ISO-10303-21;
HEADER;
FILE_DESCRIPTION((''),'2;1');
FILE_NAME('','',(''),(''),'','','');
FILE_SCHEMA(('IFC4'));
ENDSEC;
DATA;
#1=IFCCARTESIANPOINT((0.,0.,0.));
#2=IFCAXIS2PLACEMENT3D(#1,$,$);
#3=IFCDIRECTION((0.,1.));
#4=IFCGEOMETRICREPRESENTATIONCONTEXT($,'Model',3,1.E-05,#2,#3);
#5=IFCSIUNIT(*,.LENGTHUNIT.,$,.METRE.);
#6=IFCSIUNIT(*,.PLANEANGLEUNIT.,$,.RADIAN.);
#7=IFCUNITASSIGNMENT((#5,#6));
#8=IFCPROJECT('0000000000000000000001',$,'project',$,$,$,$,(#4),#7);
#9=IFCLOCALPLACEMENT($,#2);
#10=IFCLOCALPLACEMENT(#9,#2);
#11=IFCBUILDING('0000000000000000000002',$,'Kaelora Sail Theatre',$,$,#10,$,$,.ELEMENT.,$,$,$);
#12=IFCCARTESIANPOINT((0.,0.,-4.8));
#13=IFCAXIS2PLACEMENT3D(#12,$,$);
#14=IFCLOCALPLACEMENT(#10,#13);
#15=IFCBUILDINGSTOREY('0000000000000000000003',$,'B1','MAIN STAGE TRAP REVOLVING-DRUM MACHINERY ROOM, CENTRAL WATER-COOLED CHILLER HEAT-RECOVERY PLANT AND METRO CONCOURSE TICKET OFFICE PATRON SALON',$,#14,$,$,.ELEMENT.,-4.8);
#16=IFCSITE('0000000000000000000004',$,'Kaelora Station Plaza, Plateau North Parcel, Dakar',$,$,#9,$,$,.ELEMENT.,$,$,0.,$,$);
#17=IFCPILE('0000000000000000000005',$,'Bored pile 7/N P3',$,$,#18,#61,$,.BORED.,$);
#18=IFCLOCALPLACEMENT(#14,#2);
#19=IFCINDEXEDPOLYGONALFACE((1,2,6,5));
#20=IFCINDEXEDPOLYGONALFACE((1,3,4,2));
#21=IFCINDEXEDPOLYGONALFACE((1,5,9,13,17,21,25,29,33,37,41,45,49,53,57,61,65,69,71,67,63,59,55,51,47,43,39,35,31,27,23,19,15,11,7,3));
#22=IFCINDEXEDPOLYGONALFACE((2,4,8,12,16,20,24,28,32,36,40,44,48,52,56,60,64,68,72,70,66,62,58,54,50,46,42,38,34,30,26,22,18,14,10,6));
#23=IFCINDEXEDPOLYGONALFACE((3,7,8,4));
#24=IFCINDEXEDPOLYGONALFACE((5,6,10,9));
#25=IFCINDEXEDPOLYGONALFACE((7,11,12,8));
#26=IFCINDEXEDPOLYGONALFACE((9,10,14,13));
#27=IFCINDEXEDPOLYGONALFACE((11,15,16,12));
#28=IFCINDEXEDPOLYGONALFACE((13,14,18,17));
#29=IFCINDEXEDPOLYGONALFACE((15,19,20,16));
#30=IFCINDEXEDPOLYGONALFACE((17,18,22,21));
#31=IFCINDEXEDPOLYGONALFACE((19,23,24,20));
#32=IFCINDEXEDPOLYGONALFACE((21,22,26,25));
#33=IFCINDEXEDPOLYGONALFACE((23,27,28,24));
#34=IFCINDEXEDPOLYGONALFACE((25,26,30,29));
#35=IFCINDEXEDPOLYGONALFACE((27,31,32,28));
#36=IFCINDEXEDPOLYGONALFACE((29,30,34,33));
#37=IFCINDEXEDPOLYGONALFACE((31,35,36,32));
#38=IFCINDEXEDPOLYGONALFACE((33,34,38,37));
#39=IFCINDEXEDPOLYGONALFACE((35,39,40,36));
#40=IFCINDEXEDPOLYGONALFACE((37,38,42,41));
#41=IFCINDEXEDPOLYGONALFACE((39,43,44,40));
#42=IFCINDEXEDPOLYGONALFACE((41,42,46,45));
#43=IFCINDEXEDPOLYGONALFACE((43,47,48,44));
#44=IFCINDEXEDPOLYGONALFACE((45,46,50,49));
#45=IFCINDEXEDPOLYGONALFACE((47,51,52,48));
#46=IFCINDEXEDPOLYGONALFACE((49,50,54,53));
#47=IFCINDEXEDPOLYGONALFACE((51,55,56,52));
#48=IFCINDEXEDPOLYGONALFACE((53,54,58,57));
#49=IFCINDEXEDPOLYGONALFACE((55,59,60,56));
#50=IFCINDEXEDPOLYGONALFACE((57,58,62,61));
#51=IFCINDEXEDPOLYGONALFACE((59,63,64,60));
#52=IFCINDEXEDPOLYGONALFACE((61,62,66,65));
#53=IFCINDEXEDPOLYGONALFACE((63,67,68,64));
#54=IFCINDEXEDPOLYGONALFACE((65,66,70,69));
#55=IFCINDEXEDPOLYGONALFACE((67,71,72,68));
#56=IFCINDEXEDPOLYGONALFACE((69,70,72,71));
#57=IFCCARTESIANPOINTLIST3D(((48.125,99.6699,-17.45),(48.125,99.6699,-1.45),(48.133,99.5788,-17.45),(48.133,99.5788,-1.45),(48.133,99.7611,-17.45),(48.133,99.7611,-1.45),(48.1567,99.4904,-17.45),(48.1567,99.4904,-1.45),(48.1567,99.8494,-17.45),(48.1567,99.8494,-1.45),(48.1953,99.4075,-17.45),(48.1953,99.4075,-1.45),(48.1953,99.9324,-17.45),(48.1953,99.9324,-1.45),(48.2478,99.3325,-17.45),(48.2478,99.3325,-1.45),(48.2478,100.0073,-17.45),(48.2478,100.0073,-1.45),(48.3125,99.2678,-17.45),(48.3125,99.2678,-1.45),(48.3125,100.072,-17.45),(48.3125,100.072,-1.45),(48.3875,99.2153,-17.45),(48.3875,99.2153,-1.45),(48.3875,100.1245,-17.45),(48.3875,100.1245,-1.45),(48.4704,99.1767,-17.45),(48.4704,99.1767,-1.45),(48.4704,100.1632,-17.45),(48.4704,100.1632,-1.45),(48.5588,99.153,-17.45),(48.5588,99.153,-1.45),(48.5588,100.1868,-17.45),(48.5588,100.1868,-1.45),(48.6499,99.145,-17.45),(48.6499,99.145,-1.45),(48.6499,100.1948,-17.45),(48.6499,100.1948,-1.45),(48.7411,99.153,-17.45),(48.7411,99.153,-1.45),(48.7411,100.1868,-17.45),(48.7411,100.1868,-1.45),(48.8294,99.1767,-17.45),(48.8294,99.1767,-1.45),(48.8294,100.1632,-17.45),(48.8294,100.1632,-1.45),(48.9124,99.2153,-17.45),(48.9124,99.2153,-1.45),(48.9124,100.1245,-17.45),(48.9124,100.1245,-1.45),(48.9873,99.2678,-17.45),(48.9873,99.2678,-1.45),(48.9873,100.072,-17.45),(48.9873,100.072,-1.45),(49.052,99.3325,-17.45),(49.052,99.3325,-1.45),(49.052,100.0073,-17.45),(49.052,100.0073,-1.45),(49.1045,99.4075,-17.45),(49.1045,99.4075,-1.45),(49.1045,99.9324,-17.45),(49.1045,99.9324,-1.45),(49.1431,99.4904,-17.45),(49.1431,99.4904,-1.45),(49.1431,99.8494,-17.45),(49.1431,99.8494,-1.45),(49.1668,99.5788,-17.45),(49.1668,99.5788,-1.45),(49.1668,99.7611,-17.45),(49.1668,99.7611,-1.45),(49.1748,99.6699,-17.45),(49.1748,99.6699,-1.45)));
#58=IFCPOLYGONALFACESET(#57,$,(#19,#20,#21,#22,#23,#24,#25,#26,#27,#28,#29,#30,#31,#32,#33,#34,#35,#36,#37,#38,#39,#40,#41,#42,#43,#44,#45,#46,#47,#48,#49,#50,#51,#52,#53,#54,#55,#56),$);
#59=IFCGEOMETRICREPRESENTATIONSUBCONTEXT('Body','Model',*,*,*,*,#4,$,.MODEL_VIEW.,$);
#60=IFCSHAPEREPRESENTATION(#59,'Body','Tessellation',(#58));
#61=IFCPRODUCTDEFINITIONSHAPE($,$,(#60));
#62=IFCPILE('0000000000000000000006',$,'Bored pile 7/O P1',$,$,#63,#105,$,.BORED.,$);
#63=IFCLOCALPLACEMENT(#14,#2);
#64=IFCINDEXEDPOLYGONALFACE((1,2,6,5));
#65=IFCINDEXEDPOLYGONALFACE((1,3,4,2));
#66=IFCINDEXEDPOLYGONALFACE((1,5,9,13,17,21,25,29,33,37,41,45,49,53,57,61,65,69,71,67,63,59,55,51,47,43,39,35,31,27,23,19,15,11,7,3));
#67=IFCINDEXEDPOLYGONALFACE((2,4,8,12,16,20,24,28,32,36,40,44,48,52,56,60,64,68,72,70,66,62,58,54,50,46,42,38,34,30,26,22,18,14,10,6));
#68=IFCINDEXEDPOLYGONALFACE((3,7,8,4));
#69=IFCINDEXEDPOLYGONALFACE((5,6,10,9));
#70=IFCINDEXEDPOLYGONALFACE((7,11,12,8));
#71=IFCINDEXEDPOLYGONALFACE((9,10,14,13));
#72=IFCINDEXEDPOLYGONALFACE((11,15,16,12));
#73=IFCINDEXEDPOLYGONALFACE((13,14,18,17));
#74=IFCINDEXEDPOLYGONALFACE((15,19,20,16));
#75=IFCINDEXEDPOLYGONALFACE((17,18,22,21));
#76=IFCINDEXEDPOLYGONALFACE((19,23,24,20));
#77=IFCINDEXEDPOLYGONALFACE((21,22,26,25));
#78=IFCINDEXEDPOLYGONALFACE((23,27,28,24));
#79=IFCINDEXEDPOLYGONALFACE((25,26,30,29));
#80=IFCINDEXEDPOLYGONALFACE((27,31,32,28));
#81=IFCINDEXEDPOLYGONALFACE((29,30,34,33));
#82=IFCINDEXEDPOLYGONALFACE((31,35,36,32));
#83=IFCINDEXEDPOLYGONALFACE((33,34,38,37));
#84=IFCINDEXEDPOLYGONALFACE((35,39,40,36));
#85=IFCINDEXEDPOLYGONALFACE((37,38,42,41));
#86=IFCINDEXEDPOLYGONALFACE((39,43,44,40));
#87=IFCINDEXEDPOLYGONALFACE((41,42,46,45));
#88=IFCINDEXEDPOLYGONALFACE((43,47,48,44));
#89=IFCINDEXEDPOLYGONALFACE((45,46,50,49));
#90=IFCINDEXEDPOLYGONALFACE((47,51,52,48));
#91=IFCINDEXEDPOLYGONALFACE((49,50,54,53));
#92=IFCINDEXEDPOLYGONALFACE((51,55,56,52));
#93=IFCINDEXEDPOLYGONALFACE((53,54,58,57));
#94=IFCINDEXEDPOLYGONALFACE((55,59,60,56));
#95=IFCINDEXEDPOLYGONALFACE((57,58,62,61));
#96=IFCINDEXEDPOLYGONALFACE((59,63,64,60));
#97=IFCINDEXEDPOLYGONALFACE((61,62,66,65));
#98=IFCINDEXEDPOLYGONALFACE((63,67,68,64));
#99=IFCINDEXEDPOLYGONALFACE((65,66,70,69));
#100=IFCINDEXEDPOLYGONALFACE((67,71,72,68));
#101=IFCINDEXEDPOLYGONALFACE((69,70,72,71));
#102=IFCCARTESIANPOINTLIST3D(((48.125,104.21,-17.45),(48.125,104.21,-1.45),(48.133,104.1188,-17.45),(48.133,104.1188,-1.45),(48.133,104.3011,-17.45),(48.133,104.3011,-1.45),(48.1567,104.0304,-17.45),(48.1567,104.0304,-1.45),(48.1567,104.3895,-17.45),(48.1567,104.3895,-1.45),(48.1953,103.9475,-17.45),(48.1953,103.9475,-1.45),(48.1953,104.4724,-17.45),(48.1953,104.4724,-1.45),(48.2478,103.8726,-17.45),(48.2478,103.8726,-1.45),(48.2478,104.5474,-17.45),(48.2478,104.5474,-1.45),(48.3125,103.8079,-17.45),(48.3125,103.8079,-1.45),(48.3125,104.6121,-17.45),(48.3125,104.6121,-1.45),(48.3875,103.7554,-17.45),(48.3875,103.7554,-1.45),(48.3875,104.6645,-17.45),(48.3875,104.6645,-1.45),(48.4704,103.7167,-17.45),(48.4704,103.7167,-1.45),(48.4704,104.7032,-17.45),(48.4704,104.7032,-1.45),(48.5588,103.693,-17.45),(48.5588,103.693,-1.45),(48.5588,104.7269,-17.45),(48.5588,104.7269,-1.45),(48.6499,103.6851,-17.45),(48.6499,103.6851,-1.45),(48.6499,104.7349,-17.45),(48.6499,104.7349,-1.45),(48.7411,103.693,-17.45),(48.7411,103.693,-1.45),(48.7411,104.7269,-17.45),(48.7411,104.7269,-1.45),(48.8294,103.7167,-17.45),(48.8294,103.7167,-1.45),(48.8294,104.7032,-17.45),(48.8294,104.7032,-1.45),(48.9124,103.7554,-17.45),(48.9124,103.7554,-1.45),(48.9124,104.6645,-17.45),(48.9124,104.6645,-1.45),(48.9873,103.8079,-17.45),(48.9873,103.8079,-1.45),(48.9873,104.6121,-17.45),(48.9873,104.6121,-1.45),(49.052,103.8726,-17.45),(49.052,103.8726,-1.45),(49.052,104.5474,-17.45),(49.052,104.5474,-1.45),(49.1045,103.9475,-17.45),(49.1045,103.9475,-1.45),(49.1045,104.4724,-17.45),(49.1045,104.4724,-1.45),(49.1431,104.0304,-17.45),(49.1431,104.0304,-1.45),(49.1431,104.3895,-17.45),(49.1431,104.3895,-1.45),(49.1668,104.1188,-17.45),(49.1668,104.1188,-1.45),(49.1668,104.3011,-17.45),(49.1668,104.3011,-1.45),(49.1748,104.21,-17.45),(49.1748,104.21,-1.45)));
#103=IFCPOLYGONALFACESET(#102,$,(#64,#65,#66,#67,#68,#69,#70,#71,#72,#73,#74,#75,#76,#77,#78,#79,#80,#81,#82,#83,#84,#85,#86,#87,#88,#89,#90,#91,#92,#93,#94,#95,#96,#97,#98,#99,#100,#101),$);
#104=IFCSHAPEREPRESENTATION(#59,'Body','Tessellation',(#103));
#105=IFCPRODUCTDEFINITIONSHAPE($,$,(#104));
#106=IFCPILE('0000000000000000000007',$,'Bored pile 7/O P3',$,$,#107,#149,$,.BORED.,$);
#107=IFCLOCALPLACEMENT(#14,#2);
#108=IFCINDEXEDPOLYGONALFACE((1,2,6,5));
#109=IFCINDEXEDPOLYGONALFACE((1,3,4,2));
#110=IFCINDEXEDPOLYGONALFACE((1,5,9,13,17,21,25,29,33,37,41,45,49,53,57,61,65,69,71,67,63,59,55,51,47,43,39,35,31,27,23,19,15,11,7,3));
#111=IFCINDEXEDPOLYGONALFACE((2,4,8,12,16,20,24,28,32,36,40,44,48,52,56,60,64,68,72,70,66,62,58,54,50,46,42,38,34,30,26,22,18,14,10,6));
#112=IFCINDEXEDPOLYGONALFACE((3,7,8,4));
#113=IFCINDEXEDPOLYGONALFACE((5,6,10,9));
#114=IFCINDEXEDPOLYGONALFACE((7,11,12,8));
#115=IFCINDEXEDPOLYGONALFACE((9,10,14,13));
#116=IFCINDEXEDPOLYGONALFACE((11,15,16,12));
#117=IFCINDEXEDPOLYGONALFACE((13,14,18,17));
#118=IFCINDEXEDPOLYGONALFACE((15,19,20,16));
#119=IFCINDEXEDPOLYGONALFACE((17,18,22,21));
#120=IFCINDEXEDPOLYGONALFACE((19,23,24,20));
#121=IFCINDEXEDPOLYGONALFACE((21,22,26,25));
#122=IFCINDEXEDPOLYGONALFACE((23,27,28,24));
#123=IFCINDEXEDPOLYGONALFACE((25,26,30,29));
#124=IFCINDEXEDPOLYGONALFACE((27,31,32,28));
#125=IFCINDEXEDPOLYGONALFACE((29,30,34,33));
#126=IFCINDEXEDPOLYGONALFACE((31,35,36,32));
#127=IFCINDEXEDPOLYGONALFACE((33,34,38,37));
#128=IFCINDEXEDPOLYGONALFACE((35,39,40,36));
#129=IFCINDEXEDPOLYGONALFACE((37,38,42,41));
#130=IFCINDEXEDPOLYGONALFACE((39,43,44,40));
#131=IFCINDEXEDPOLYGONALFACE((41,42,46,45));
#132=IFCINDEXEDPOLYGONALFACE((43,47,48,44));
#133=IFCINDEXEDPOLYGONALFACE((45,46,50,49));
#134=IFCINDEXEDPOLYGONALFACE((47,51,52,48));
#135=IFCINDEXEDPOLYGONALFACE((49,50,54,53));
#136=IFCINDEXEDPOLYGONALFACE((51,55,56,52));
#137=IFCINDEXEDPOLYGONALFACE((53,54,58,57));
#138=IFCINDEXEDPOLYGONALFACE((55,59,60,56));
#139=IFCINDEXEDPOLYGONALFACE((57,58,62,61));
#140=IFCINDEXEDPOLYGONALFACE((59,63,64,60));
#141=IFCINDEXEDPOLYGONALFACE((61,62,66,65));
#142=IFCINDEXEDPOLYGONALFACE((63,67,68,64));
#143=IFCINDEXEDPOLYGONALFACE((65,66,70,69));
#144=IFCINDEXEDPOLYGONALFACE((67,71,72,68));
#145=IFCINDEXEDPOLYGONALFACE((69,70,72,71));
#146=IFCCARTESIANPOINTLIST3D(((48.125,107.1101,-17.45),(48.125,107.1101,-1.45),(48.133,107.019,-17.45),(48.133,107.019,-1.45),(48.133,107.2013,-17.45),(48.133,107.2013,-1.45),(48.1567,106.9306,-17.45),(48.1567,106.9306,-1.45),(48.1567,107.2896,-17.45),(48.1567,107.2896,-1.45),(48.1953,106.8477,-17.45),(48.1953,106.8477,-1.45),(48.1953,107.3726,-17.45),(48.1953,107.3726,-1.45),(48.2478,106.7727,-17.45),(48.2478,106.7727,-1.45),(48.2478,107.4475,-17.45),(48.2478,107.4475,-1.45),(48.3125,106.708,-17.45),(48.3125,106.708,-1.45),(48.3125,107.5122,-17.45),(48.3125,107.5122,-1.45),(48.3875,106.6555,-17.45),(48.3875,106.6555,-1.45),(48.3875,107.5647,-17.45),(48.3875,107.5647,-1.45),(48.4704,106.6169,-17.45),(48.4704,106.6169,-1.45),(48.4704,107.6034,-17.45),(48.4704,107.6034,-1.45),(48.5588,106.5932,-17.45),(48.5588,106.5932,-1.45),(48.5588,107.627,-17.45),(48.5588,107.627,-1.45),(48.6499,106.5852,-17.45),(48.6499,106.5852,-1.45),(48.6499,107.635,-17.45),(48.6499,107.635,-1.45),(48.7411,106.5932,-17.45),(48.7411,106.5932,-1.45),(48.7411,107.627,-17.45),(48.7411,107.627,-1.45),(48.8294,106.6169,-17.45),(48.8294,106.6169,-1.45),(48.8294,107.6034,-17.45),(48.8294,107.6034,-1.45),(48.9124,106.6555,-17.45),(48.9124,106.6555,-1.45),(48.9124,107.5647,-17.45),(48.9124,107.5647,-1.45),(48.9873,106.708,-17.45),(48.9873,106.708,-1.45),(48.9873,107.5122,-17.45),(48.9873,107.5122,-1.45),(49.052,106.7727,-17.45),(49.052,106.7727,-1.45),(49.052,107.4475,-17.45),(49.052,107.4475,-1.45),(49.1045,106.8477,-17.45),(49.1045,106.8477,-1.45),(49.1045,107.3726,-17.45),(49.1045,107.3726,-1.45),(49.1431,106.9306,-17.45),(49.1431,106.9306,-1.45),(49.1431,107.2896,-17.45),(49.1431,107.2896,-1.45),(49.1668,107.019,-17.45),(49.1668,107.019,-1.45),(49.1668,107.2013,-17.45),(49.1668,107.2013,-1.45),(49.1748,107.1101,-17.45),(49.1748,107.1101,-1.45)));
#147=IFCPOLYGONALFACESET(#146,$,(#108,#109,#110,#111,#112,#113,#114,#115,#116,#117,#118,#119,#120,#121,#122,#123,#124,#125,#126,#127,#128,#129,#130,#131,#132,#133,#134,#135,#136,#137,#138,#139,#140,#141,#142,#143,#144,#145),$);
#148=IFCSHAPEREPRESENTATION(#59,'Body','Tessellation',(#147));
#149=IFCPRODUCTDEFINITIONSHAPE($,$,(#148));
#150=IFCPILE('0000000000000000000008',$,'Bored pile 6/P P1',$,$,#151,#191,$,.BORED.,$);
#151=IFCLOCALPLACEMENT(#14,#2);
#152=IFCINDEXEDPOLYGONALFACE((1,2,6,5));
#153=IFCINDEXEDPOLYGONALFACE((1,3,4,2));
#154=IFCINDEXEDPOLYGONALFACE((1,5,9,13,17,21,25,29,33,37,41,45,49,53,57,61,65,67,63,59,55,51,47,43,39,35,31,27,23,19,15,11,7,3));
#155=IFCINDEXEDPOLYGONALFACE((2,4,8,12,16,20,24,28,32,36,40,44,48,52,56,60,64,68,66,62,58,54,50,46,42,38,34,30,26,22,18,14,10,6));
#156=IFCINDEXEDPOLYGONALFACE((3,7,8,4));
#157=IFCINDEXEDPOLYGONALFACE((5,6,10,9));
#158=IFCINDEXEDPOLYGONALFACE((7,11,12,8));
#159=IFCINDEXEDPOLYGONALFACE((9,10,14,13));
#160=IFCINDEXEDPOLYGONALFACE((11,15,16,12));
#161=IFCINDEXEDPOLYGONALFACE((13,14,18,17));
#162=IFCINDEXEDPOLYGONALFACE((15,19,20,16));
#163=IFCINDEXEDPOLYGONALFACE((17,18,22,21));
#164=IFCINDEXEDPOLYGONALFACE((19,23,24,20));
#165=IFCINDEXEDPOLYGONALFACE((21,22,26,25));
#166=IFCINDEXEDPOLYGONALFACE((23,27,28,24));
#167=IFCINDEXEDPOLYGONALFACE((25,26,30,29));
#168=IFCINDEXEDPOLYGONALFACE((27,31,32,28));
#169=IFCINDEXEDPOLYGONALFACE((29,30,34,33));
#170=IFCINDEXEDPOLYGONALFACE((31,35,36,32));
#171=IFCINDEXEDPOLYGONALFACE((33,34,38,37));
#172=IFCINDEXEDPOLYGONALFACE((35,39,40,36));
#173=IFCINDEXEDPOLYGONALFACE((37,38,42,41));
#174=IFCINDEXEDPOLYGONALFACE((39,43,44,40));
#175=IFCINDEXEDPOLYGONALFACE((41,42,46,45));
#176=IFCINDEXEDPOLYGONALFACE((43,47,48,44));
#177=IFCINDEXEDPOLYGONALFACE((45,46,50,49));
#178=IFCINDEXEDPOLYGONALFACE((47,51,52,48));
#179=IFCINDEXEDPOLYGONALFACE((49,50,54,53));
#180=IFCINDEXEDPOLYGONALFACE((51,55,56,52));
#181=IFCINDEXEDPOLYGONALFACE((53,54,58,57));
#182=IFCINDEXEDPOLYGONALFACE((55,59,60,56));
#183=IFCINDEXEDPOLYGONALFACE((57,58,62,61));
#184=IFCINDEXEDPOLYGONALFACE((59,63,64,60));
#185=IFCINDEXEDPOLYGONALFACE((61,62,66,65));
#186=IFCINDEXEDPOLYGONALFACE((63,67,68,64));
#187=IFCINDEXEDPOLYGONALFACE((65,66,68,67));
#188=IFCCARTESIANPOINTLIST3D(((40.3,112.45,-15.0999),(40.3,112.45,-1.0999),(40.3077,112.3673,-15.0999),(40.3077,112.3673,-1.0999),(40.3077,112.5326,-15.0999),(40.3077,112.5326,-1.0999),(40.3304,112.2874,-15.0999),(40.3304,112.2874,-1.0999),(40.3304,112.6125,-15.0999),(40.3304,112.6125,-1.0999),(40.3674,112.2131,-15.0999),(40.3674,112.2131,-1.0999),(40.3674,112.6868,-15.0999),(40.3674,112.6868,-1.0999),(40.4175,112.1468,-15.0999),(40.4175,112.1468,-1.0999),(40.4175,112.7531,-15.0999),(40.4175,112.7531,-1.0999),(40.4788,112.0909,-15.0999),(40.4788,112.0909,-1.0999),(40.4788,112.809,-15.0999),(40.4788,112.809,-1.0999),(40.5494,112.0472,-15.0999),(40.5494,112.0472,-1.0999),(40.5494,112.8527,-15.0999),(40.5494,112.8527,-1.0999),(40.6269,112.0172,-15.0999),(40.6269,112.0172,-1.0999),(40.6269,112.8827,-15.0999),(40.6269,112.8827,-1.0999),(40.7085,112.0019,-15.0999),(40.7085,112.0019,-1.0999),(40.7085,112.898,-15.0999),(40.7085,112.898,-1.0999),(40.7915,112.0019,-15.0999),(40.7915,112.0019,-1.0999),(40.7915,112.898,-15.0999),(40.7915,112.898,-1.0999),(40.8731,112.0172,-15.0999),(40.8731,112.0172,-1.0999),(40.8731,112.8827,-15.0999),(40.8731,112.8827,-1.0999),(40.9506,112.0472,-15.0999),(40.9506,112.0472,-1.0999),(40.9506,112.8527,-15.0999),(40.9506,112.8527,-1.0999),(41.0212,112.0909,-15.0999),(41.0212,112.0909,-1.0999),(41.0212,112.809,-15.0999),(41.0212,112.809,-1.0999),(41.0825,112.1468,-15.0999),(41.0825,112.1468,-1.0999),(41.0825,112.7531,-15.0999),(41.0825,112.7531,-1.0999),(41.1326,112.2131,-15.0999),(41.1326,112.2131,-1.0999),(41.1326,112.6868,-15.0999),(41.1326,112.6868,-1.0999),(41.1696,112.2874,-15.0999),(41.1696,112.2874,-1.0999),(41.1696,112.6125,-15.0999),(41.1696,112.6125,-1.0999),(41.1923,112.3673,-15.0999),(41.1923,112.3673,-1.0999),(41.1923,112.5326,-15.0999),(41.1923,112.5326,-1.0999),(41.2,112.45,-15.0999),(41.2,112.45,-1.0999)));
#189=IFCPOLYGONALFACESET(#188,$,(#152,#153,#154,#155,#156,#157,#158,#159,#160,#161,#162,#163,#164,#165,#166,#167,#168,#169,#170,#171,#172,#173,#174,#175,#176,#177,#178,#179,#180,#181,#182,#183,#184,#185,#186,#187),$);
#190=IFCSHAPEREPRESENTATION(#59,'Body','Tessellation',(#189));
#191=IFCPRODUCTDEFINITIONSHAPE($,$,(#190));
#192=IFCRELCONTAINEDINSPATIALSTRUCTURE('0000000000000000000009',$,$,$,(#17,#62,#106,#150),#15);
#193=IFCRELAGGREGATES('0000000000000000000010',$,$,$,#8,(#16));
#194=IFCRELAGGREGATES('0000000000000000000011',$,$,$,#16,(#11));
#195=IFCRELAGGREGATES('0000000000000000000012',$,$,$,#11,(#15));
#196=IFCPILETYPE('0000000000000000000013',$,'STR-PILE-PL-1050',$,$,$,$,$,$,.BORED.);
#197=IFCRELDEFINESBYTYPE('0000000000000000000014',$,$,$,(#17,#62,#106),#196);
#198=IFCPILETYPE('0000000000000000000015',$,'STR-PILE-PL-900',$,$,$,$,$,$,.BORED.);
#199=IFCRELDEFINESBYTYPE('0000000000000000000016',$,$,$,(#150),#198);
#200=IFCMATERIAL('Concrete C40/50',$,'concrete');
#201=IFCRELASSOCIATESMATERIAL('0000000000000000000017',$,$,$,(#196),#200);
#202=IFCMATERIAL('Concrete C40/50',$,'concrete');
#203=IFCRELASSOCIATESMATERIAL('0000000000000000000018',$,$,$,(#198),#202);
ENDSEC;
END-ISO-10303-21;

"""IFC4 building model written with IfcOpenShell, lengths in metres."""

from ifc_helpers import new_model, si_unit, direction, frame, origin, origin_2d, place, context, subcontext, project, spatial, circle, extrude, material, material_profile, profile_set, type_object, element, save


model = new_model("IFC4")

# Units and contexts
model_context = context("Model", 3, precision=1e-05, world=origin(), true_north=direction((0.0, 1.0)))
body_context = subcontext(model_context, "Body", "Model", "MODEL_VIEW")
ifc_project = project(units=[si_unit("LENGTHUNIT", "METRE"), si_unit("PLANEANGLEUNIT", "RADIAN")], contexts=[model_context])

# Site, building, storey
site_placement = place(None, origin())
site = spatial("IfcSite", under=ifc_project, at=site_placement, Name="Kaelora Station Plaza, Plateau North Parcel, Dakar", CompositionType="ELEMENT", RefElevation=0.0)
building_placement = place(site_placement, origin())
building = spatial("IfcBuilding", under=site, at=building_placement, Name="Kaelora Sail Theatre", CompositionType="ELEMENT")
storey_placement = place(building_placement, frame((0.0, 0.0, -4.8)))
storey = spatial("IfcBuildingStorey", under=building, at=storey_placement, Name="B1", Description="MAIN STAGE TRAP REVOLVING-DRUM MACHINERY ROOM, CENTRAL WATER-COOLED CHILLER HEAT-RECOVERY PLANT AND METRO CONCOURSE TICKET OFFICE PATRON SALON", CompositionType="ELEMENT", Elevation=-4.8)

# Piles
ifc_material_1 = material(Name="Concrete C40/50", Category="concrete")
ifc_material_profile_1 = material_profile(ifc_material_1, circle(Radius=0.5249, at=origin_2d()), Name="PILE D1050")
ifc_profile_set_1 = profile_set([ifc_material_profile_1], Name="Concrete C40/50")
pile_type_1 = type_object("IfcPileType", Name="STR-PILE-PL-1050", PredefinedType="BORED", material=ifc_profile_set_1)
for number, where, z_axis, x_axis, name in (
    (1, (48.6499, 99.6699, -1.45), (0.0, 0.0, -1.0), (1.0, 0.0, 0.0), "Bored pile 7/N P3"),
    (2, (48.6499, 104.21, -1.45), (0.0, 0.0, -1.0), (1.0, 0.0, 0.0), "Bored pile 7/O P1"),
    (3, (48.6499, 107.1101, -1.45), (0.0, 0.0, -1.0), (1.0, 0.0, 0.0), "Bored pile 7/O P3"),
):
    element("IfcPile", number, at=place(storey_placement, frame(where, z_axis=z_axis, x_axis=x_axis)), inside=storey, type_object=pile_type_1, Name=name, PredefinedType="BORED", context=body_context, shape_type="SweptSolid", body=[
        extrude(circle(Radius=0.5249, at=origin_2d()), origin(), (0.0, 0.0, 1.0), 16.0),
    ])
ifc_material_2 = material(Name="Concrete C40/50", Category="concrete")
ifc_material_profile_2 = material_profile(ifc_material_2, circle(Radius=0.45, at=origin_2d()), Name="PILE D900")
ifc_profile_set_2 = profile_set([ifc_material_profile_2], Name="Concrete C40/50")
pile_type_2 = type_object("IfcPileType", Name="STR-PILE-PL-900", PredefinedType="BORED", material=ifc_profile_set_2)
for number, where, z_axis, x_axis, name in (
    (4, (40.75, 112.45, -1.0999), (0.0, 0.0, -1.0), (1.0, 0.0, 0.0), "Bored pile 6/P P1"),
):
    element("IfcPile", number, at=place(storey_placement, frame(where, z_axis=z_axis, x_axis=x_axis)), inside=storey, type_object=pile_type_2, Name=name, PredefinedType="BORED", context=body_context, shape_type="SweptSolid", body=[
        extrude(circle(Radius=0.45, at=origin_2d()), origin(), (0.0, 0.0, 1.0), 14.0),
    ])

save(model, "model.ifc")
